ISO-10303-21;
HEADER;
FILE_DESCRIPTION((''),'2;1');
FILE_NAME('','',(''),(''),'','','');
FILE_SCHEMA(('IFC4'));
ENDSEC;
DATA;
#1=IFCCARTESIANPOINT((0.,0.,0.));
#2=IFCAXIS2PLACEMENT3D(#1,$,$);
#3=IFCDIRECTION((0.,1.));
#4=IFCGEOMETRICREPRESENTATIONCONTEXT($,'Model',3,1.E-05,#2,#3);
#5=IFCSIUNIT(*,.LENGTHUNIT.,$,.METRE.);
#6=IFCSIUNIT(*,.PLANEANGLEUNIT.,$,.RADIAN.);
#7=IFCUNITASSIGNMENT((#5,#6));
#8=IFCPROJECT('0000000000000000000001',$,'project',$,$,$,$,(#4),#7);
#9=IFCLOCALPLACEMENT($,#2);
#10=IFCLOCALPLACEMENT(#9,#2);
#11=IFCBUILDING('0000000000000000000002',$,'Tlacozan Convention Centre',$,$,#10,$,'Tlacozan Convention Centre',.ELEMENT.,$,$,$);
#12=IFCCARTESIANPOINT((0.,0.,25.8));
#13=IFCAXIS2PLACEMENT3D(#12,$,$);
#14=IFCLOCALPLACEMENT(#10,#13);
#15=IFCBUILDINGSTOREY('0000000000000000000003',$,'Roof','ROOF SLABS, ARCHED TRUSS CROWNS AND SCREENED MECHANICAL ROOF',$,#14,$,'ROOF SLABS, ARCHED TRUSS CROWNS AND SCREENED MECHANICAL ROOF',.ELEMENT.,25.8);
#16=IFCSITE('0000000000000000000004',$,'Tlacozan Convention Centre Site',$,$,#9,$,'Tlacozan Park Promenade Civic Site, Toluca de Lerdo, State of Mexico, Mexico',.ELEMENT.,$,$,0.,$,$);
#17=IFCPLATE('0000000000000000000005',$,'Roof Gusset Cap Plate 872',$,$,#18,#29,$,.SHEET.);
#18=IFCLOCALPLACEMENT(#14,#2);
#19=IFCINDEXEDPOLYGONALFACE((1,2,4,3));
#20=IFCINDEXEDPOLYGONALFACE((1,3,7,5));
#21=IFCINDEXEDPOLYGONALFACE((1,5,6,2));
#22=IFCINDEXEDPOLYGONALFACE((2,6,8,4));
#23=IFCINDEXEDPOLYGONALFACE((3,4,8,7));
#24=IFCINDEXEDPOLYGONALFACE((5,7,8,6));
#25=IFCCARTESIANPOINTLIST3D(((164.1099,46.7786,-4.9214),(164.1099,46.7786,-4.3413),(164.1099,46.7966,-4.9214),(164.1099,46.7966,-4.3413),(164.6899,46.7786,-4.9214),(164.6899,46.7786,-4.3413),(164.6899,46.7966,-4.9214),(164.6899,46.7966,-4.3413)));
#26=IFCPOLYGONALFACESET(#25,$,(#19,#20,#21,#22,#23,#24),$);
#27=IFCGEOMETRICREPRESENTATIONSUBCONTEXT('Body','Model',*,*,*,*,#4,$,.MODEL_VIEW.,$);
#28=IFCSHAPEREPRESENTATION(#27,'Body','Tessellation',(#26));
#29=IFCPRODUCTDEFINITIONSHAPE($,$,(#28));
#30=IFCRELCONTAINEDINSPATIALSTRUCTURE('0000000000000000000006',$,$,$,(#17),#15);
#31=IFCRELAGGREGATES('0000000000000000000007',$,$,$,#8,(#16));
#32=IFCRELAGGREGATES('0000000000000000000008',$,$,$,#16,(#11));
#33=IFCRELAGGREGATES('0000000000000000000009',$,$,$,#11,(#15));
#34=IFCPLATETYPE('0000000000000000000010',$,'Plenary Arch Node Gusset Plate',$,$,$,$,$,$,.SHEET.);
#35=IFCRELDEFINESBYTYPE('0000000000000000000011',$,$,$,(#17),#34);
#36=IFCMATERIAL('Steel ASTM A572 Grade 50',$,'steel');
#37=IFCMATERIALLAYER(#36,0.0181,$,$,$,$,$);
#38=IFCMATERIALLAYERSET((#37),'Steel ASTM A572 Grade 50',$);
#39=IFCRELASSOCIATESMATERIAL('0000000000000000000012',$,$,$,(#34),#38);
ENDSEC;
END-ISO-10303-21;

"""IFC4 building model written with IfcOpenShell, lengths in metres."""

from ifc_helpers import new_model, si_unit, direction, frame, origin, origin_2d, place, context, subcontext, project, spatial, rectangle, extrude, material, layer, layer_set, type_object, element, save


model = new_model("IFC4")

# Units and contexts
model_context = context("Model", 3, precision=1e-05, world=origin(), true_north=direction((0.0, 1.0)))
body_context = subcontext(model_context, "Body", "Model", "MODEL_VIEW")
ifc_project = project(units=[si_unit("LENGTHUNIT", "METRE"), si_unit("PLANEANGLEUNIT", "RADIAN")], contexts=[model_context])

# Site, building, storey
site_placement = place(None, origin())
site = spatial("IfcSite", under=ifc_project, at=site_placement, Name="Tlacozan Convention Centre Site", LongName="Tlacozan Park Promenade Civic Site, Toluca de Lerdo, State of Mexico, Mexico", CompositionType="ELEMENT", RefElevation=0.0)
building_placement = place(site_placement, origin())
building = spatial("IfcBuilding", under=site, at=building_placement, Name="Tlacozan Convention Centre", LongName="Tlacozan Convention Centre", CompositionType="ELEMENT")
storey_placement = place(building_placement, frame((0.0, 0.0, 25.8)))
storey = spatial("IfcBuildingStorey", under=building, at=storey_placement, Name="Roof", Description="ROOF SLABS, ARCHED TRUSS CROWNS AND SCREENED MECHANICAL ROOF", LongName="ROOF SLABS, ARCHED TRUSS CROWNS AND SCREENED MECHANICAL ROOF", CompositionType="ELEMENT", Elevation=25.8)

# Plate
ifc_material_1 = material(Name="Steel ASTM A572 Grade 50", Category="steel")
ifc_layer = layer(ifc_material_1, 0.0181)
ifc_layer_set = layer_set([ifc_layer], Name="Steel ASTM A572 Grade 50")
plate_type = type_object("IfcPlateType", Name="Plenary Arch Node Gusset Plate", PredefinedType="SHEET", material=ifc_layer_set)
for number, where, z_axis, x_axis, name in (
    (1, (164.3999, 46.7876, -4.9214), (0.0, 0.0, 1.0), (0.0, 1.0, 0.0), "Roof Gusset Cap Plate 872"),
):
    element("IfcPlate", number, at=place(storey_placement, frame(where, z_axis=z_axis, x_axis=x_axis)), inside=storey, type_object=plate_type, Name=name, PredefinedType="SHEET", context=body_context, shape_type="SweptSolid", body=[
        extrude(rectangle(XDim=0.0181, YDim=0.5801, at=origin_2d()), origin(), (0.0, 0.0, 1.0), 0.5801),
    ])

save(model, "model.ifc")
